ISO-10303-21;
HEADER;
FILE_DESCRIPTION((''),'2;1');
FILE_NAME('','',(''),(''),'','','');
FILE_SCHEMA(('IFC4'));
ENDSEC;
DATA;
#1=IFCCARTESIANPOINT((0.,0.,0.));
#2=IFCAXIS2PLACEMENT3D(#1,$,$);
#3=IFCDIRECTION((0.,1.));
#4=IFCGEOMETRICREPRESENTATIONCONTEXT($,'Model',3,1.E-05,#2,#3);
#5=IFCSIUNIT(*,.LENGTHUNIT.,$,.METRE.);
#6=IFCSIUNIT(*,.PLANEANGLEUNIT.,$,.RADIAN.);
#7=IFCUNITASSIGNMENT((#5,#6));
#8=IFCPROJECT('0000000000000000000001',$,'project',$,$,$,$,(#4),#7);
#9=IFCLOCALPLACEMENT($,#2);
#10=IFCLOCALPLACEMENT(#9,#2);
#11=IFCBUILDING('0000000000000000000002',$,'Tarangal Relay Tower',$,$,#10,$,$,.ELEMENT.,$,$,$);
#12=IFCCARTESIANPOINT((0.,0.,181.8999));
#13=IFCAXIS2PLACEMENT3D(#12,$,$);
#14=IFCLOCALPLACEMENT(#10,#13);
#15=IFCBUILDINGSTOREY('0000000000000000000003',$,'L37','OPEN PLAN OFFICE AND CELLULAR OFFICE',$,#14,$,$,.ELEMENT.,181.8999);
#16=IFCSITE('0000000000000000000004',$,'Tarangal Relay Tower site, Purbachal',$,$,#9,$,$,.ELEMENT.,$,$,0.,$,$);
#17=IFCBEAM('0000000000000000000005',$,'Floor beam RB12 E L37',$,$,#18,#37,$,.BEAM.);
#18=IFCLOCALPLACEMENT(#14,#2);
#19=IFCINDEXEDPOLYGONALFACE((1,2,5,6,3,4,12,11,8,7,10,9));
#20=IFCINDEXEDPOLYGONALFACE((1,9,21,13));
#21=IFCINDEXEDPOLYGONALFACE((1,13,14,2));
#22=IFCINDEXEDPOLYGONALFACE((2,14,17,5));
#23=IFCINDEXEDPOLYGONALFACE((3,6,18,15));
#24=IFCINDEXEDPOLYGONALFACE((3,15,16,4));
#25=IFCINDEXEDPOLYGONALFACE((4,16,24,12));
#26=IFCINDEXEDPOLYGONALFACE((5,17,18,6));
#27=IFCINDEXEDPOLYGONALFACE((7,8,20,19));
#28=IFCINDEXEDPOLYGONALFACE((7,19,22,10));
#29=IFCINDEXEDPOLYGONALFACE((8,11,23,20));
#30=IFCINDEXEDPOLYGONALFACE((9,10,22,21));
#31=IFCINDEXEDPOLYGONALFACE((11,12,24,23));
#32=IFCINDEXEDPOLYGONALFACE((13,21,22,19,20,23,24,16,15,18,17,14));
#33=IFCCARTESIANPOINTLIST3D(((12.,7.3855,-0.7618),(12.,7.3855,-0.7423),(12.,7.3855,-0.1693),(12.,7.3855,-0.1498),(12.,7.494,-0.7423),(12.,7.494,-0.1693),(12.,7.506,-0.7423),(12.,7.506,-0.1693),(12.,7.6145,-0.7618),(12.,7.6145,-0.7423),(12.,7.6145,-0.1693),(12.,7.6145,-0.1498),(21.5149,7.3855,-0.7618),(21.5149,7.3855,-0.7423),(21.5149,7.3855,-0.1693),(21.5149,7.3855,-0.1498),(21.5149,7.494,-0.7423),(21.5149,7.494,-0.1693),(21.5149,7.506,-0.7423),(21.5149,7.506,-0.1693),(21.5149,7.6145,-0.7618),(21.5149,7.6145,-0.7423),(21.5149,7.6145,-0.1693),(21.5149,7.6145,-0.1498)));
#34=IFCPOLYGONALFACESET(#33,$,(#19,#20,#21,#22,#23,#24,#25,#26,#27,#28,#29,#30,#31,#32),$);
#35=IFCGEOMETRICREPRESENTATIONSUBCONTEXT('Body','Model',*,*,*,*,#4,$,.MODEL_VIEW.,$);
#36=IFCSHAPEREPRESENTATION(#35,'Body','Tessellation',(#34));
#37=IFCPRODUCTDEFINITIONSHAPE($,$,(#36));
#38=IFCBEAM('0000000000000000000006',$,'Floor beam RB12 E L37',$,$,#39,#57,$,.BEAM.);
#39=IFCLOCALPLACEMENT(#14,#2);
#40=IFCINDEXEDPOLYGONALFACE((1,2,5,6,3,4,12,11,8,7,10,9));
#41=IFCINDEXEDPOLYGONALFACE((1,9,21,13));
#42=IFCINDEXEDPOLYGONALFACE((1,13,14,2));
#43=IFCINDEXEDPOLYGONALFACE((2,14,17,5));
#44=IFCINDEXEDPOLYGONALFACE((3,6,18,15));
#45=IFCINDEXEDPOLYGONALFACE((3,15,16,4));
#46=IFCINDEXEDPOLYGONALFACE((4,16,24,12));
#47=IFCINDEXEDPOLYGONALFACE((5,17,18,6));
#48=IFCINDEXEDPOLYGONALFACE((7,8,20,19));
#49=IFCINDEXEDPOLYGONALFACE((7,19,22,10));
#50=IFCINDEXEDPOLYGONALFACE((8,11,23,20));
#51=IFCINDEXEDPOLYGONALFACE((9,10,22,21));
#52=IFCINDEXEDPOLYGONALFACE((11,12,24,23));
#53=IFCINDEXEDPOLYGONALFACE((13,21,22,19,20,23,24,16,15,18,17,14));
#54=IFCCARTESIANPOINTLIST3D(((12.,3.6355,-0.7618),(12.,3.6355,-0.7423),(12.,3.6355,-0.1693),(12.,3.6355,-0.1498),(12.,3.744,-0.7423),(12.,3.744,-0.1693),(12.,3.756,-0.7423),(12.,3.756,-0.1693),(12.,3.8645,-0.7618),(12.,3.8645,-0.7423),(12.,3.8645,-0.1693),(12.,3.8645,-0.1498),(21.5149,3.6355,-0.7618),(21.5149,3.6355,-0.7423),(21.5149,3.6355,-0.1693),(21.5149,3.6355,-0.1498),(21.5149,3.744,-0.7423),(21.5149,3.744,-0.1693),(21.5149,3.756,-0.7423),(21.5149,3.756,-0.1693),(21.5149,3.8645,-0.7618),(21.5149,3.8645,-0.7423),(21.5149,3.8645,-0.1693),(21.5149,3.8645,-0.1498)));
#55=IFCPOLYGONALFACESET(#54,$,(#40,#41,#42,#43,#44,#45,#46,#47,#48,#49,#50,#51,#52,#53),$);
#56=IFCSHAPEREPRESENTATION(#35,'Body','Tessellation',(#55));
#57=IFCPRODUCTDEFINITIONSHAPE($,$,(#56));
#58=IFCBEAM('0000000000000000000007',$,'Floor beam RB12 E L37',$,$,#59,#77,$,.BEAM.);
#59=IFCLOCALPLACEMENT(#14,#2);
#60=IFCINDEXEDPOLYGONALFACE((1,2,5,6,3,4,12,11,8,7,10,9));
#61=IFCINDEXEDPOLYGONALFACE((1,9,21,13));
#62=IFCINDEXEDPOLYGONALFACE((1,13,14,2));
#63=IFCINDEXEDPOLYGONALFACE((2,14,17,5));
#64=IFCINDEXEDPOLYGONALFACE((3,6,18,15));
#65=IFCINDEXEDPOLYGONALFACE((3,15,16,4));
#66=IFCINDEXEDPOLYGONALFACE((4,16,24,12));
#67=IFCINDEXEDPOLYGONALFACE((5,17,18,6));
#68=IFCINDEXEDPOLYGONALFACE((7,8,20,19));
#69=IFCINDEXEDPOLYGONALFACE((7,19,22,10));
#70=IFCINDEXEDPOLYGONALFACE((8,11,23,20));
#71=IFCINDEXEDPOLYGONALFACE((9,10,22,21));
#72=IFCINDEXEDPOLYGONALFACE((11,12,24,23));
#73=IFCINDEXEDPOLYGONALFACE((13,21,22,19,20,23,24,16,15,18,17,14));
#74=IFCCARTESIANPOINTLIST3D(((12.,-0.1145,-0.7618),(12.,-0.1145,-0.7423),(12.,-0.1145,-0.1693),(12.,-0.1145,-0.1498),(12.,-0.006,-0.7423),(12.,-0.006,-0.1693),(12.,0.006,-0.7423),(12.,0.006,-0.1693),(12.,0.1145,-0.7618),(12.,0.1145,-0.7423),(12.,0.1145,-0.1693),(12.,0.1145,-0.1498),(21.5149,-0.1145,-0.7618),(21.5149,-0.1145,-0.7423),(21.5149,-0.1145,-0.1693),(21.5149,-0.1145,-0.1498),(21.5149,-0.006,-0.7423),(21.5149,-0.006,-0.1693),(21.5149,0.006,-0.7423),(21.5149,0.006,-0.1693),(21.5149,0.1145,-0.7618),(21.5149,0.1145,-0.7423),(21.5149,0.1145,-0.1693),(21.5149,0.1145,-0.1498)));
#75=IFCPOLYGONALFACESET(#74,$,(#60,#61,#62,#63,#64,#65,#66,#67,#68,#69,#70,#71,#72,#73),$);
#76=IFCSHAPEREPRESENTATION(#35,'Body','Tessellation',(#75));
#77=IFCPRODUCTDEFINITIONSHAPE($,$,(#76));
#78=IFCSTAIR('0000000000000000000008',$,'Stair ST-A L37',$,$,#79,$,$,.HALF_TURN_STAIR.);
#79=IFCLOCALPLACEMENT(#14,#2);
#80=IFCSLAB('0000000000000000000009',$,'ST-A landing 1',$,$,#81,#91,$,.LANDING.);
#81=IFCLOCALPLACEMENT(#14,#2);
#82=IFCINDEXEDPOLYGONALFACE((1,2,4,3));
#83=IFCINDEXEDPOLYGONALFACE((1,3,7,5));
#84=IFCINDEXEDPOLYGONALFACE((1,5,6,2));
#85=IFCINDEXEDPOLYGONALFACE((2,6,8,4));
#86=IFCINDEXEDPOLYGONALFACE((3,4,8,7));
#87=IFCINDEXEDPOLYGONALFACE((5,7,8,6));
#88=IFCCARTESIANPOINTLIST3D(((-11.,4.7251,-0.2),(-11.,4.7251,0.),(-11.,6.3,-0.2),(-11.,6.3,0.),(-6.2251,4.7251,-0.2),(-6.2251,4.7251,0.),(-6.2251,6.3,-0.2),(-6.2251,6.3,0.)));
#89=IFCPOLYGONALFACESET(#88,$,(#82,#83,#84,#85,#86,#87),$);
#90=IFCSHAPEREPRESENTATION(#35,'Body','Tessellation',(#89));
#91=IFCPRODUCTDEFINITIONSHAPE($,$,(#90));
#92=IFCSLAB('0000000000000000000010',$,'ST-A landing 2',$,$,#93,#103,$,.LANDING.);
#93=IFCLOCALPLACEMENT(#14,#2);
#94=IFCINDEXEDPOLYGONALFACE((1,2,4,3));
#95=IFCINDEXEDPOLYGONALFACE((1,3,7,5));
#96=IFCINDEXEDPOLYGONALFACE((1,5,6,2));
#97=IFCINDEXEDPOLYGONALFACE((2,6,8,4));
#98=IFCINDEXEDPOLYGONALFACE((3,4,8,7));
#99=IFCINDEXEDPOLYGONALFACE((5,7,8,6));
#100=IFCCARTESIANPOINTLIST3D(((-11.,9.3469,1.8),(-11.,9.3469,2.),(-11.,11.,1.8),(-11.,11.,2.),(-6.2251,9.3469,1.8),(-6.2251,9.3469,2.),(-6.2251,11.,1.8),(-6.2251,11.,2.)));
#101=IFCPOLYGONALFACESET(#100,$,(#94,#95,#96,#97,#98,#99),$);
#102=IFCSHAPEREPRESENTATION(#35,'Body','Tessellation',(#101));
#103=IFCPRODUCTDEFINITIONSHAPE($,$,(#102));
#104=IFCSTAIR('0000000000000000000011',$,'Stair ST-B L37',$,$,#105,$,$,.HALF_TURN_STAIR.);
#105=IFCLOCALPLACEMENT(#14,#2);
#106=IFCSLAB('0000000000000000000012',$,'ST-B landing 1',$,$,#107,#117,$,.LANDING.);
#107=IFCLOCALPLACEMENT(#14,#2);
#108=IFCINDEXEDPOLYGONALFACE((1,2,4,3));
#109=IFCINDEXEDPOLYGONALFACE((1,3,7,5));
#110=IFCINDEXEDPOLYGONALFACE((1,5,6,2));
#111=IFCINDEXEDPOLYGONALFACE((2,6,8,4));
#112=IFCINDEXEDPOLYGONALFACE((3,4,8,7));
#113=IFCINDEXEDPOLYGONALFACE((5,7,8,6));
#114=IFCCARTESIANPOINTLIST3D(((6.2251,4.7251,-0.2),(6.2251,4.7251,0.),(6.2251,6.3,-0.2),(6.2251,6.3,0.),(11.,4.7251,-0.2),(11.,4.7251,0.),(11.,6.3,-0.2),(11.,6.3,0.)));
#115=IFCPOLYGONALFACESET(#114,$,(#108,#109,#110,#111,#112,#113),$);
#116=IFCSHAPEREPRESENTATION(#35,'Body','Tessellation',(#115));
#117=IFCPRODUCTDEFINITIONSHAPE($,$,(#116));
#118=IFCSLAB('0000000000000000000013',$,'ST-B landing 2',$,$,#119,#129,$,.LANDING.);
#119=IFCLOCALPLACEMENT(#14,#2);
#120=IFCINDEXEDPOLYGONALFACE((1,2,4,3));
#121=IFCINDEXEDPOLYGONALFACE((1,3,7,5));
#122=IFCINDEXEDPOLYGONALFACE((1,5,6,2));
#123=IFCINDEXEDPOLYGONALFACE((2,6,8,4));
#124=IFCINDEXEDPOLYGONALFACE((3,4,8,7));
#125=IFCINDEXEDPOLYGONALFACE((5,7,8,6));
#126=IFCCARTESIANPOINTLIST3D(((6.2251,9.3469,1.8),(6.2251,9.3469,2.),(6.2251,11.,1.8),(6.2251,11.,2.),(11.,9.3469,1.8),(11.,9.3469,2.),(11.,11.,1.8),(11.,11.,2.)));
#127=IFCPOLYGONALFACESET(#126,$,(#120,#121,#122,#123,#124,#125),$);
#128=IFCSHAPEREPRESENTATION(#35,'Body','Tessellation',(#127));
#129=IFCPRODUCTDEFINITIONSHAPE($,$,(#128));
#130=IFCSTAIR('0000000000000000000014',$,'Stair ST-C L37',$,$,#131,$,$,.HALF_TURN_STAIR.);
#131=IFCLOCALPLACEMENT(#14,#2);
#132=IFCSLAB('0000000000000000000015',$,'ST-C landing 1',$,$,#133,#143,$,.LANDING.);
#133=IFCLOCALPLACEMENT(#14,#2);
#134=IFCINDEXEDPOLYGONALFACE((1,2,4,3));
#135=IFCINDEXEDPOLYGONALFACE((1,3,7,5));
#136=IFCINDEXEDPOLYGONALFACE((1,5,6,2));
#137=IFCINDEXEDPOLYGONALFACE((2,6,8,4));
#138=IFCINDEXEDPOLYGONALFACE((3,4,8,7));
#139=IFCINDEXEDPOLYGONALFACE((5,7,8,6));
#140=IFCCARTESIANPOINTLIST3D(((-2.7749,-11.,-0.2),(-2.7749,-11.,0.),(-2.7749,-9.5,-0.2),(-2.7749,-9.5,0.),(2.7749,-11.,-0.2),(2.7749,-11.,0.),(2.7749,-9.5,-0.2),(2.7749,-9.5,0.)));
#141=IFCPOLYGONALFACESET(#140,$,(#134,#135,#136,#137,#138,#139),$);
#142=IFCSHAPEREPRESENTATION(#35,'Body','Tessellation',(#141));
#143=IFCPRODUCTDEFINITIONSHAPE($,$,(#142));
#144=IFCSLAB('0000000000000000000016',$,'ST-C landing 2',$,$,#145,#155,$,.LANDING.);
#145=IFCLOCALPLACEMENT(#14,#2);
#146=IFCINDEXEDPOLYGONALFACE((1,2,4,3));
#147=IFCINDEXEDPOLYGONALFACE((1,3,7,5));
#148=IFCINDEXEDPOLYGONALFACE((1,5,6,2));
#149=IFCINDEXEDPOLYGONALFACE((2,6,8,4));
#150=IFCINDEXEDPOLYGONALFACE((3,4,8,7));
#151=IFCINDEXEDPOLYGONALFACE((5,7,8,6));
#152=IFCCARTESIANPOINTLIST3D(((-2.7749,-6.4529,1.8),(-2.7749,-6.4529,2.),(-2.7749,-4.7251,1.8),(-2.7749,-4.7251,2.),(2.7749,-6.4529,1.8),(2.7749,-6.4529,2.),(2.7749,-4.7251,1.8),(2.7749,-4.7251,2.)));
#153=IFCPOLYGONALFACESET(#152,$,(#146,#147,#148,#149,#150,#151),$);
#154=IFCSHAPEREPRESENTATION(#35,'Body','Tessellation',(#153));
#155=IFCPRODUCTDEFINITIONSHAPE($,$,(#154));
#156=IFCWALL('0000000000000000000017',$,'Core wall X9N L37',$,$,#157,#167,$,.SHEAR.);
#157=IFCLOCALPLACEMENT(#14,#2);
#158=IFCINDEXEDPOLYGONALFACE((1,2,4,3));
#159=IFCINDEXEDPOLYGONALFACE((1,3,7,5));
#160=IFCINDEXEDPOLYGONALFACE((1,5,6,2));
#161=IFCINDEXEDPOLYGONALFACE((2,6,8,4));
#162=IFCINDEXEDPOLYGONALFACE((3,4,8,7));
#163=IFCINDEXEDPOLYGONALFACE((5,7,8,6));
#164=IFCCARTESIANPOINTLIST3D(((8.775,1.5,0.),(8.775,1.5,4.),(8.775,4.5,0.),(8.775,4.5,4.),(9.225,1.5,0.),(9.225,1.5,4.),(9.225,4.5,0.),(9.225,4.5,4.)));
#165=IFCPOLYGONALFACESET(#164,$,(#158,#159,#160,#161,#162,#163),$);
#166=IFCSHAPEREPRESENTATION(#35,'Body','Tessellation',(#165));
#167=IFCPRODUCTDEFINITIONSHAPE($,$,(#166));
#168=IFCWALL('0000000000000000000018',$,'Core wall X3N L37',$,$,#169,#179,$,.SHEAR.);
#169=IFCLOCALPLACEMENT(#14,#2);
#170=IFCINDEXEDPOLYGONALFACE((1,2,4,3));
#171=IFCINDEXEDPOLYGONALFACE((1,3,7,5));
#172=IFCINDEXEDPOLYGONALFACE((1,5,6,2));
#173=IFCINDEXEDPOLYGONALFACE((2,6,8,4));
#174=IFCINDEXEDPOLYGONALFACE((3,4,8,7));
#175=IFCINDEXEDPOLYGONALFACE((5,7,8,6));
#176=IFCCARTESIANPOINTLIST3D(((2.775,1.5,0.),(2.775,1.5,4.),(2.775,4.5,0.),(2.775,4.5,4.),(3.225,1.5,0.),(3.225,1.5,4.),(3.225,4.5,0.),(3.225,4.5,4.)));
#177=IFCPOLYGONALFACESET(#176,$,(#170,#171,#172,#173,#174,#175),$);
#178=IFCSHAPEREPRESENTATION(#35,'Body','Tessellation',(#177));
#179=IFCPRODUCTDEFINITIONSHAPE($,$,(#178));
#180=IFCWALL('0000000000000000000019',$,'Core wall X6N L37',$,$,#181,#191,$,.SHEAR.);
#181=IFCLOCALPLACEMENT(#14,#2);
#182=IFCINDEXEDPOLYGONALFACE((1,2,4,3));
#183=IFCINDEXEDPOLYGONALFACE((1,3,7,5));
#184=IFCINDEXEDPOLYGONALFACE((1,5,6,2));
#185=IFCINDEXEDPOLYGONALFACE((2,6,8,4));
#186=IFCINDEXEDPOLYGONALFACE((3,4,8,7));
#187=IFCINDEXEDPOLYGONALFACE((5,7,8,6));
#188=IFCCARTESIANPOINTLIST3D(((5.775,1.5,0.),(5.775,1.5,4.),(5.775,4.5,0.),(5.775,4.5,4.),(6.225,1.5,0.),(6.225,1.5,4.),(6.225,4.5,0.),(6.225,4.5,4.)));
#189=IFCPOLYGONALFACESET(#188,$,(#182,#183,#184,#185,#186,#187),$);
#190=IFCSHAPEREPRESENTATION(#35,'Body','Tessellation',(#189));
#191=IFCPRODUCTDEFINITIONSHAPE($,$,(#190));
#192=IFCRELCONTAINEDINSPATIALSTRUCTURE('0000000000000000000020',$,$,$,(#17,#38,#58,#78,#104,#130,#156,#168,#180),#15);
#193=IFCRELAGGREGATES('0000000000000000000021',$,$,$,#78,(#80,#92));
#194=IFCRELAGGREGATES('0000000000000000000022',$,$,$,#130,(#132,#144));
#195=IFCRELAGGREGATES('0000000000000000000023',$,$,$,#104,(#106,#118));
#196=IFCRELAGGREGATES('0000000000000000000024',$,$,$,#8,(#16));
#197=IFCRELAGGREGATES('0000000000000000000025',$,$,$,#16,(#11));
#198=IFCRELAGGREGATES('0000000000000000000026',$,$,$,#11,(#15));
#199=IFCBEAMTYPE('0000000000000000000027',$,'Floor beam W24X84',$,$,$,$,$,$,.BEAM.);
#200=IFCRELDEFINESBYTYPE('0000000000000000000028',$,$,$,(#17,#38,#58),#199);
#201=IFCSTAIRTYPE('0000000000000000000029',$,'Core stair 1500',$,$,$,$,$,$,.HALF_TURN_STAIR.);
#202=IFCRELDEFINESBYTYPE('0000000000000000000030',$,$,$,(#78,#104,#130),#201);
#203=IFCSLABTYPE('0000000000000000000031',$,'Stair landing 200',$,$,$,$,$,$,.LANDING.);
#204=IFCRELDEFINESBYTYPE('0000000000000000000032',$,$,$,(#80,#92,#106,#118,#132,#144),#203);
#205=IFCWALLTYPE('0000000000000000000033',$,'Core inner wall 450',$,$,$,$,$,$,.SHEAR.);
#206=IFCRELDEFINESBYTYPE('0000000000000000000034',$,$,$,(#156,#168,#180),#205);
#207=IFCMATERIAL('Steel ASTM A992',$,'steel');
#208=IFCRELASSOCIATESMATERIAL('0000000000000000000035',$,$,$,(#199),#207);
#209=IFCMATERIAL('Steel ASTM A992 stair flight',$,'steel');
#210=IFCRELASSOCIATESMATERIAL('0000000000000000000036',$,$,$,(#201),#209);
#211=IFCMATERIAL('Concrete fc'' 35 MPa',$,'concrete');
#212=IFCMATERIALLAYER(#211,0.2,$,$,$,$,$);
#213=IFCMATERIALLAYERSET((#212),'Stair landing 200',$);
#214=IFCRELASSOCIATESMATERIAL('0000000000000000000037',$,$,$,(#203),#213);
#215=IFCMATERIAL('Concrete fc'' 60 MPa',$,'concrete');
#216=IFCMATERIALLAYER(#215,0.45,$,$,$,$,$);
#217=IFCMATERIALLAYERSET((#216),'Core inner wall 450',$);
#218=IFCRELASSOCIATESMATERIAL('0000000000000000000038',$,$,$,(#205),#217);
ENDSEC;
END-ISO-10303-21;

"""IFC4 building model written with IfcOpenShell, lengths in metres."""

from ifc_helpers import new_model, si_unit, direction, frame, frame_2d, origin, origin_2d, place, context, subcontext, project, spatial, polyline, rectangle, i_section, outline, extrude, material, layer, layer_set, material_profile, profile_set, type_object, element, aggregate, save


model = new_model("IFC4")

# Units and contexts
model_context = context("Model", 3, precision=1e-05, world=origin(), true_north=direction((0.0, 1.0)))
body_context = subcontext(model_context, "Body", "Model", "MODEL_VIEW")
ifc_project = project(units=[si_unit("LENGTHUNIT", "METRE"), si_unit("PLANEANGLEUNIT", "RADIAN")], contexts=[model_context])

# Site, building, storey
site_placement = place(None, origin())
site = spatial("IfcSite", under=ifc_project, at=site_placement, Name="Tarangal Relay Tower site, Purbachal", CompositionType="ELEMENT", RefElevation=0.0)
building_placement = place(site_placement, origin())
building = spatial("IfcBuilding", under=site, at=building_placement, Name="Tarangal Relay Tower", CompositionType="ELEMENT")
storey_placement = place(building_placement, frame((0.0, 0.0, 181.8999)))
storey = spatial("IfcBuildingStorey", under=building, at=storey_placement, Name="L37", Description="OPEN PLAN OFFICE AND CELLULAR OFFICE", CompositionType="ELEMENT", Elevation=181.8999)

# Beams
ifc_material_1 = material(Name="Steel ASTM A992", Category="steel")
ifc_material_profile = material_profile(ifc_material_1, i_section(OverallWidth=0.229, OverallDepth=0.6121, WebThickness=0.012, FlangeThickness=0.0195, at=origin_2d()), Name="W24X84")
ifc_profile_set = profile_set([ifc_material_profile], Name="Steel ASTM A992")
beam_type = type_object("IfcBeamType", Name="Floor beam W24X84", PredefinedType="BEAM", material=ifc_profile_set)
for number, where, z_axis, x_axis, name in (
    (1, (12.0, 7.5, -0.4558), (1.0, 0.0, 0.0), (0.0, 1.0, 0.0), "Floor beam RB12 E L37"),
    (2, (12.0, 3.75, -0.4558), (1.0, 0.0, 0.0), (0.0, 1.0, 0.0), "Floor beam RB12 E L37"),
    (3, (12.0, 0.0, -0.4558), (1.0, 0.0, 0.0), (0.0, 1.0, 0.0), "Floor beam RB12 E L37"),
):
    element("IfcBeam", number, at=place(storey_placement, frame(where, z_axis=z_axis, x_axis=x_axis)), inside=storey, type_object=beam_type, Name=name, PredefinedType="BEAM", context=body_context, shape_type="SweptSolid", body=[
        extrude(i_section(OverallWidth=0.229, OverallDepth=0.6121, WebThickness=0.012, FlangeThickness=0.0195, at=origin_2d()), origin(), (0.0, 0.0, 1.0), 9.5149),
    ])

# Stairs, slabs
ifc_material_2 = material(Name="Steel ASTM A992 stair flight", Category="steel")
stair_type = type_object("IfcStairType", Name="Core stair 1500", PredefinedType="HALF_TURN_STAIR", material=ifc_material_2)
stair_1_placement = place(storey_placement, origin())
stair_1 = element("IfcStair", 4, at=stair_1_placement, inside=storey, type_object=stair_type, Name="Stair ST-A L37", PredefinedType="HALF_TURN_STAIR")
ifc_material_3 = material(Name="Concrete fc' 35 MPa", Category="concrete")
ifc_layer_1 = layer(ifc_material_3, 0.2)
ifc_layer_set_1 = layer_set([ifc_layer_1], Name="Stair landing 200")
slab_type = type_object("IfcSlabType", Name="Stair landing 200", PredefinedType="LANDING", material=ifc_layer_set_1)
slab_1_placement = place(storey_placement, frame((0.0, 0.0, -0.2)))
slab_1 = element("IfcSlab", 5, at=slab_1_placement, type_object=slab_type, Name="ST-A landing 1", PredefinedType="LANDING", context=body_context, shape_type="SweptSolid", body=[
    extrude(outline(polyline([(-11.0, 4.7251), (-6.2251, 4.7251), (-6.2251, 6.3), (-11.0, 6.3), (-11.0, 4.7251)])), origin(), (0.0, 0.0, 1.0), 0.2),
])
slab_2_placement = place(storey_placement, frame((0.0, 0.0, 1.8)))
slab_2 = element("IfcSlab", 6, at=slab_2_placement, type_object=slab_type, Name="ST-A landing 2", PredefinedType="LANDING", context=body_context, shape_type="SweptSolid", body=[
    extrude(outline(polyline([(-11.0, 9.3469), (-6.2251, 9.3469), (-6.2251, 11.0), (-11.0, 11.0), (-11.0, 9.3469)])), origin(), (0.0, 0.0, 1.0), 0.2),
])
aggregate(stair_1, [slab_1, slab_2])
stair_2_placement = place(storey_placement, origin())
stair_2 = element("IfcStair", 7, at=stair_2_placement, inside=storey, type_object=stair_type, Name="Stair ST-B L37", PredefinedType="HALF_TURN_STAIR")
slab_3_placement = place(storey_placement, frame((0.0, 0.0, -0.2)))
slab_3 = element("IfcSlab", 8, at=slab_3_placement, type_object=slab_type, Name="ST-B landing 1", PredefinedType="LANDING", context=body_context, shape_type="SweptSolid", body=[
    extrude(outline(polyline([(6.2251, 4.7251), (11.0, 4.7251), (11.0, 6.3), (6.2251, 6.3), (6.2251, 4.7251)])), origin(), (0.0, 0.0, 1.0), 0.2),
])
slab_4_placement = place(storey_placement, frame((0.0, 0.0, 1.8)))
slab_4 = element("IfcSlab", 9, at=slab_4_placement, type_object=slab_type, Name="ST-B landing 2", PredefinedType="LANDING", context=body_context, shape_type="SweptSolid", body=[
    extrude(outline(polyline([(6.2251, 9.3469), (11.0, 9.3469), (11.0, 11.0), (6.2251, 11.0), (6.2251, 9.3469)])), origin(), (0.0, 0.0, 1.0), 0.2),
])
stair_3_placement = place(storey_placement, origin())
stair_3 = element("IfcStair", 10, at=stair_3_placement, inside=storey, type_object=stair_type, Name="Stair ST-C L37", PredefinedType="HALF_TURN_STAIR")
slab_5_placement = place(storey_placement, frame((0.0, 0.0, -0.2)))
slab_5 = element("IfcSlab", 11, at=slab_5_placement, type_object=slab_type, Name="ST-C landing 1", PredefinedType="LANDING", context=body_context, shape_type="SweptSolid", body=[
    extrude(outline(polyline([(-2.7749, -11.0), (2.7749, -11.0), (2.7749, -9.5), (-2.7749, -9.5), (-2.7749, -11.0)])), origin(), (0.0, 0.0, 1.0), 0.2),
])
slab_6_placement = place(storey_placement, frame((0.0, 0.0, 1.8)))
slab_6 = element("IfcSlab", 12, at=slab_6_placement, type_object=slab_type, Name="ST-C landing 2", PredefinedType="LANDING", context=body_context, shape_type="SweptSolid", body=[
    extrude(outline(polyline([(-2.7749, -6.4529), (2.7749, -6.4529), (2.7749, -4.7251), (-2.7749, -4.7251), (-2.7749, -6.4529)])), origin(), (0.0, 0.0, 1.0), 0.2),
])
aggregate(stair_3, [slab_5, slab_6])

# Walls
ifc_material_4 = material(Name="Concrete fc' 60 MPa", Category="concrete")
ifc_layer_2 = layer(ifc_material_4, 0.45)
ifc_layer_set_2 = layer_set([ifc_layer_2], Name="Core inner wall 450")
wall_type = type_object("IfcWallType", Name="Core inner wall 450", PredefinedType="SHEAR", material=ifc_layer_set_2)
for number, where, z_axis, x_axis, name in (
    (13, (9.0, 1.5, 0.0), (0.0, 0.0, 1.0), (0.0, 1.0, 0.0), "Core wall X9N L37"),
    (14, (3.0, 1.5, 0.0), (0.0, 0.0, 1.0), (0.0, 1.0, 0.0), "Core wall X3N L37"),
    (15, (6.0, 1.5, 0.0), (0.0, 0.0, 1.0), (0.0, 1.0, 0.0), "Core wall X6N L37"),
):
    element("IfcWall", number, at=place(storey_placement, frame(where, z_axis=z_axis, x_axis=x_axis)), inside=storey, type_object=wall_type, Name=name, PredefinedType="SHEAR", context=body_context, shape_type="SweptSolid", body=[
        extrude(rectangle(XDim=3.0, YDim=0.45, at=frame_2d((1.5, 0.0))), origin(), (0.0, 0.0, 1.0), 4.0),
    ])

aggregate(stair_2, [slab_3, slab_4])

save(model, "model.ifc")
